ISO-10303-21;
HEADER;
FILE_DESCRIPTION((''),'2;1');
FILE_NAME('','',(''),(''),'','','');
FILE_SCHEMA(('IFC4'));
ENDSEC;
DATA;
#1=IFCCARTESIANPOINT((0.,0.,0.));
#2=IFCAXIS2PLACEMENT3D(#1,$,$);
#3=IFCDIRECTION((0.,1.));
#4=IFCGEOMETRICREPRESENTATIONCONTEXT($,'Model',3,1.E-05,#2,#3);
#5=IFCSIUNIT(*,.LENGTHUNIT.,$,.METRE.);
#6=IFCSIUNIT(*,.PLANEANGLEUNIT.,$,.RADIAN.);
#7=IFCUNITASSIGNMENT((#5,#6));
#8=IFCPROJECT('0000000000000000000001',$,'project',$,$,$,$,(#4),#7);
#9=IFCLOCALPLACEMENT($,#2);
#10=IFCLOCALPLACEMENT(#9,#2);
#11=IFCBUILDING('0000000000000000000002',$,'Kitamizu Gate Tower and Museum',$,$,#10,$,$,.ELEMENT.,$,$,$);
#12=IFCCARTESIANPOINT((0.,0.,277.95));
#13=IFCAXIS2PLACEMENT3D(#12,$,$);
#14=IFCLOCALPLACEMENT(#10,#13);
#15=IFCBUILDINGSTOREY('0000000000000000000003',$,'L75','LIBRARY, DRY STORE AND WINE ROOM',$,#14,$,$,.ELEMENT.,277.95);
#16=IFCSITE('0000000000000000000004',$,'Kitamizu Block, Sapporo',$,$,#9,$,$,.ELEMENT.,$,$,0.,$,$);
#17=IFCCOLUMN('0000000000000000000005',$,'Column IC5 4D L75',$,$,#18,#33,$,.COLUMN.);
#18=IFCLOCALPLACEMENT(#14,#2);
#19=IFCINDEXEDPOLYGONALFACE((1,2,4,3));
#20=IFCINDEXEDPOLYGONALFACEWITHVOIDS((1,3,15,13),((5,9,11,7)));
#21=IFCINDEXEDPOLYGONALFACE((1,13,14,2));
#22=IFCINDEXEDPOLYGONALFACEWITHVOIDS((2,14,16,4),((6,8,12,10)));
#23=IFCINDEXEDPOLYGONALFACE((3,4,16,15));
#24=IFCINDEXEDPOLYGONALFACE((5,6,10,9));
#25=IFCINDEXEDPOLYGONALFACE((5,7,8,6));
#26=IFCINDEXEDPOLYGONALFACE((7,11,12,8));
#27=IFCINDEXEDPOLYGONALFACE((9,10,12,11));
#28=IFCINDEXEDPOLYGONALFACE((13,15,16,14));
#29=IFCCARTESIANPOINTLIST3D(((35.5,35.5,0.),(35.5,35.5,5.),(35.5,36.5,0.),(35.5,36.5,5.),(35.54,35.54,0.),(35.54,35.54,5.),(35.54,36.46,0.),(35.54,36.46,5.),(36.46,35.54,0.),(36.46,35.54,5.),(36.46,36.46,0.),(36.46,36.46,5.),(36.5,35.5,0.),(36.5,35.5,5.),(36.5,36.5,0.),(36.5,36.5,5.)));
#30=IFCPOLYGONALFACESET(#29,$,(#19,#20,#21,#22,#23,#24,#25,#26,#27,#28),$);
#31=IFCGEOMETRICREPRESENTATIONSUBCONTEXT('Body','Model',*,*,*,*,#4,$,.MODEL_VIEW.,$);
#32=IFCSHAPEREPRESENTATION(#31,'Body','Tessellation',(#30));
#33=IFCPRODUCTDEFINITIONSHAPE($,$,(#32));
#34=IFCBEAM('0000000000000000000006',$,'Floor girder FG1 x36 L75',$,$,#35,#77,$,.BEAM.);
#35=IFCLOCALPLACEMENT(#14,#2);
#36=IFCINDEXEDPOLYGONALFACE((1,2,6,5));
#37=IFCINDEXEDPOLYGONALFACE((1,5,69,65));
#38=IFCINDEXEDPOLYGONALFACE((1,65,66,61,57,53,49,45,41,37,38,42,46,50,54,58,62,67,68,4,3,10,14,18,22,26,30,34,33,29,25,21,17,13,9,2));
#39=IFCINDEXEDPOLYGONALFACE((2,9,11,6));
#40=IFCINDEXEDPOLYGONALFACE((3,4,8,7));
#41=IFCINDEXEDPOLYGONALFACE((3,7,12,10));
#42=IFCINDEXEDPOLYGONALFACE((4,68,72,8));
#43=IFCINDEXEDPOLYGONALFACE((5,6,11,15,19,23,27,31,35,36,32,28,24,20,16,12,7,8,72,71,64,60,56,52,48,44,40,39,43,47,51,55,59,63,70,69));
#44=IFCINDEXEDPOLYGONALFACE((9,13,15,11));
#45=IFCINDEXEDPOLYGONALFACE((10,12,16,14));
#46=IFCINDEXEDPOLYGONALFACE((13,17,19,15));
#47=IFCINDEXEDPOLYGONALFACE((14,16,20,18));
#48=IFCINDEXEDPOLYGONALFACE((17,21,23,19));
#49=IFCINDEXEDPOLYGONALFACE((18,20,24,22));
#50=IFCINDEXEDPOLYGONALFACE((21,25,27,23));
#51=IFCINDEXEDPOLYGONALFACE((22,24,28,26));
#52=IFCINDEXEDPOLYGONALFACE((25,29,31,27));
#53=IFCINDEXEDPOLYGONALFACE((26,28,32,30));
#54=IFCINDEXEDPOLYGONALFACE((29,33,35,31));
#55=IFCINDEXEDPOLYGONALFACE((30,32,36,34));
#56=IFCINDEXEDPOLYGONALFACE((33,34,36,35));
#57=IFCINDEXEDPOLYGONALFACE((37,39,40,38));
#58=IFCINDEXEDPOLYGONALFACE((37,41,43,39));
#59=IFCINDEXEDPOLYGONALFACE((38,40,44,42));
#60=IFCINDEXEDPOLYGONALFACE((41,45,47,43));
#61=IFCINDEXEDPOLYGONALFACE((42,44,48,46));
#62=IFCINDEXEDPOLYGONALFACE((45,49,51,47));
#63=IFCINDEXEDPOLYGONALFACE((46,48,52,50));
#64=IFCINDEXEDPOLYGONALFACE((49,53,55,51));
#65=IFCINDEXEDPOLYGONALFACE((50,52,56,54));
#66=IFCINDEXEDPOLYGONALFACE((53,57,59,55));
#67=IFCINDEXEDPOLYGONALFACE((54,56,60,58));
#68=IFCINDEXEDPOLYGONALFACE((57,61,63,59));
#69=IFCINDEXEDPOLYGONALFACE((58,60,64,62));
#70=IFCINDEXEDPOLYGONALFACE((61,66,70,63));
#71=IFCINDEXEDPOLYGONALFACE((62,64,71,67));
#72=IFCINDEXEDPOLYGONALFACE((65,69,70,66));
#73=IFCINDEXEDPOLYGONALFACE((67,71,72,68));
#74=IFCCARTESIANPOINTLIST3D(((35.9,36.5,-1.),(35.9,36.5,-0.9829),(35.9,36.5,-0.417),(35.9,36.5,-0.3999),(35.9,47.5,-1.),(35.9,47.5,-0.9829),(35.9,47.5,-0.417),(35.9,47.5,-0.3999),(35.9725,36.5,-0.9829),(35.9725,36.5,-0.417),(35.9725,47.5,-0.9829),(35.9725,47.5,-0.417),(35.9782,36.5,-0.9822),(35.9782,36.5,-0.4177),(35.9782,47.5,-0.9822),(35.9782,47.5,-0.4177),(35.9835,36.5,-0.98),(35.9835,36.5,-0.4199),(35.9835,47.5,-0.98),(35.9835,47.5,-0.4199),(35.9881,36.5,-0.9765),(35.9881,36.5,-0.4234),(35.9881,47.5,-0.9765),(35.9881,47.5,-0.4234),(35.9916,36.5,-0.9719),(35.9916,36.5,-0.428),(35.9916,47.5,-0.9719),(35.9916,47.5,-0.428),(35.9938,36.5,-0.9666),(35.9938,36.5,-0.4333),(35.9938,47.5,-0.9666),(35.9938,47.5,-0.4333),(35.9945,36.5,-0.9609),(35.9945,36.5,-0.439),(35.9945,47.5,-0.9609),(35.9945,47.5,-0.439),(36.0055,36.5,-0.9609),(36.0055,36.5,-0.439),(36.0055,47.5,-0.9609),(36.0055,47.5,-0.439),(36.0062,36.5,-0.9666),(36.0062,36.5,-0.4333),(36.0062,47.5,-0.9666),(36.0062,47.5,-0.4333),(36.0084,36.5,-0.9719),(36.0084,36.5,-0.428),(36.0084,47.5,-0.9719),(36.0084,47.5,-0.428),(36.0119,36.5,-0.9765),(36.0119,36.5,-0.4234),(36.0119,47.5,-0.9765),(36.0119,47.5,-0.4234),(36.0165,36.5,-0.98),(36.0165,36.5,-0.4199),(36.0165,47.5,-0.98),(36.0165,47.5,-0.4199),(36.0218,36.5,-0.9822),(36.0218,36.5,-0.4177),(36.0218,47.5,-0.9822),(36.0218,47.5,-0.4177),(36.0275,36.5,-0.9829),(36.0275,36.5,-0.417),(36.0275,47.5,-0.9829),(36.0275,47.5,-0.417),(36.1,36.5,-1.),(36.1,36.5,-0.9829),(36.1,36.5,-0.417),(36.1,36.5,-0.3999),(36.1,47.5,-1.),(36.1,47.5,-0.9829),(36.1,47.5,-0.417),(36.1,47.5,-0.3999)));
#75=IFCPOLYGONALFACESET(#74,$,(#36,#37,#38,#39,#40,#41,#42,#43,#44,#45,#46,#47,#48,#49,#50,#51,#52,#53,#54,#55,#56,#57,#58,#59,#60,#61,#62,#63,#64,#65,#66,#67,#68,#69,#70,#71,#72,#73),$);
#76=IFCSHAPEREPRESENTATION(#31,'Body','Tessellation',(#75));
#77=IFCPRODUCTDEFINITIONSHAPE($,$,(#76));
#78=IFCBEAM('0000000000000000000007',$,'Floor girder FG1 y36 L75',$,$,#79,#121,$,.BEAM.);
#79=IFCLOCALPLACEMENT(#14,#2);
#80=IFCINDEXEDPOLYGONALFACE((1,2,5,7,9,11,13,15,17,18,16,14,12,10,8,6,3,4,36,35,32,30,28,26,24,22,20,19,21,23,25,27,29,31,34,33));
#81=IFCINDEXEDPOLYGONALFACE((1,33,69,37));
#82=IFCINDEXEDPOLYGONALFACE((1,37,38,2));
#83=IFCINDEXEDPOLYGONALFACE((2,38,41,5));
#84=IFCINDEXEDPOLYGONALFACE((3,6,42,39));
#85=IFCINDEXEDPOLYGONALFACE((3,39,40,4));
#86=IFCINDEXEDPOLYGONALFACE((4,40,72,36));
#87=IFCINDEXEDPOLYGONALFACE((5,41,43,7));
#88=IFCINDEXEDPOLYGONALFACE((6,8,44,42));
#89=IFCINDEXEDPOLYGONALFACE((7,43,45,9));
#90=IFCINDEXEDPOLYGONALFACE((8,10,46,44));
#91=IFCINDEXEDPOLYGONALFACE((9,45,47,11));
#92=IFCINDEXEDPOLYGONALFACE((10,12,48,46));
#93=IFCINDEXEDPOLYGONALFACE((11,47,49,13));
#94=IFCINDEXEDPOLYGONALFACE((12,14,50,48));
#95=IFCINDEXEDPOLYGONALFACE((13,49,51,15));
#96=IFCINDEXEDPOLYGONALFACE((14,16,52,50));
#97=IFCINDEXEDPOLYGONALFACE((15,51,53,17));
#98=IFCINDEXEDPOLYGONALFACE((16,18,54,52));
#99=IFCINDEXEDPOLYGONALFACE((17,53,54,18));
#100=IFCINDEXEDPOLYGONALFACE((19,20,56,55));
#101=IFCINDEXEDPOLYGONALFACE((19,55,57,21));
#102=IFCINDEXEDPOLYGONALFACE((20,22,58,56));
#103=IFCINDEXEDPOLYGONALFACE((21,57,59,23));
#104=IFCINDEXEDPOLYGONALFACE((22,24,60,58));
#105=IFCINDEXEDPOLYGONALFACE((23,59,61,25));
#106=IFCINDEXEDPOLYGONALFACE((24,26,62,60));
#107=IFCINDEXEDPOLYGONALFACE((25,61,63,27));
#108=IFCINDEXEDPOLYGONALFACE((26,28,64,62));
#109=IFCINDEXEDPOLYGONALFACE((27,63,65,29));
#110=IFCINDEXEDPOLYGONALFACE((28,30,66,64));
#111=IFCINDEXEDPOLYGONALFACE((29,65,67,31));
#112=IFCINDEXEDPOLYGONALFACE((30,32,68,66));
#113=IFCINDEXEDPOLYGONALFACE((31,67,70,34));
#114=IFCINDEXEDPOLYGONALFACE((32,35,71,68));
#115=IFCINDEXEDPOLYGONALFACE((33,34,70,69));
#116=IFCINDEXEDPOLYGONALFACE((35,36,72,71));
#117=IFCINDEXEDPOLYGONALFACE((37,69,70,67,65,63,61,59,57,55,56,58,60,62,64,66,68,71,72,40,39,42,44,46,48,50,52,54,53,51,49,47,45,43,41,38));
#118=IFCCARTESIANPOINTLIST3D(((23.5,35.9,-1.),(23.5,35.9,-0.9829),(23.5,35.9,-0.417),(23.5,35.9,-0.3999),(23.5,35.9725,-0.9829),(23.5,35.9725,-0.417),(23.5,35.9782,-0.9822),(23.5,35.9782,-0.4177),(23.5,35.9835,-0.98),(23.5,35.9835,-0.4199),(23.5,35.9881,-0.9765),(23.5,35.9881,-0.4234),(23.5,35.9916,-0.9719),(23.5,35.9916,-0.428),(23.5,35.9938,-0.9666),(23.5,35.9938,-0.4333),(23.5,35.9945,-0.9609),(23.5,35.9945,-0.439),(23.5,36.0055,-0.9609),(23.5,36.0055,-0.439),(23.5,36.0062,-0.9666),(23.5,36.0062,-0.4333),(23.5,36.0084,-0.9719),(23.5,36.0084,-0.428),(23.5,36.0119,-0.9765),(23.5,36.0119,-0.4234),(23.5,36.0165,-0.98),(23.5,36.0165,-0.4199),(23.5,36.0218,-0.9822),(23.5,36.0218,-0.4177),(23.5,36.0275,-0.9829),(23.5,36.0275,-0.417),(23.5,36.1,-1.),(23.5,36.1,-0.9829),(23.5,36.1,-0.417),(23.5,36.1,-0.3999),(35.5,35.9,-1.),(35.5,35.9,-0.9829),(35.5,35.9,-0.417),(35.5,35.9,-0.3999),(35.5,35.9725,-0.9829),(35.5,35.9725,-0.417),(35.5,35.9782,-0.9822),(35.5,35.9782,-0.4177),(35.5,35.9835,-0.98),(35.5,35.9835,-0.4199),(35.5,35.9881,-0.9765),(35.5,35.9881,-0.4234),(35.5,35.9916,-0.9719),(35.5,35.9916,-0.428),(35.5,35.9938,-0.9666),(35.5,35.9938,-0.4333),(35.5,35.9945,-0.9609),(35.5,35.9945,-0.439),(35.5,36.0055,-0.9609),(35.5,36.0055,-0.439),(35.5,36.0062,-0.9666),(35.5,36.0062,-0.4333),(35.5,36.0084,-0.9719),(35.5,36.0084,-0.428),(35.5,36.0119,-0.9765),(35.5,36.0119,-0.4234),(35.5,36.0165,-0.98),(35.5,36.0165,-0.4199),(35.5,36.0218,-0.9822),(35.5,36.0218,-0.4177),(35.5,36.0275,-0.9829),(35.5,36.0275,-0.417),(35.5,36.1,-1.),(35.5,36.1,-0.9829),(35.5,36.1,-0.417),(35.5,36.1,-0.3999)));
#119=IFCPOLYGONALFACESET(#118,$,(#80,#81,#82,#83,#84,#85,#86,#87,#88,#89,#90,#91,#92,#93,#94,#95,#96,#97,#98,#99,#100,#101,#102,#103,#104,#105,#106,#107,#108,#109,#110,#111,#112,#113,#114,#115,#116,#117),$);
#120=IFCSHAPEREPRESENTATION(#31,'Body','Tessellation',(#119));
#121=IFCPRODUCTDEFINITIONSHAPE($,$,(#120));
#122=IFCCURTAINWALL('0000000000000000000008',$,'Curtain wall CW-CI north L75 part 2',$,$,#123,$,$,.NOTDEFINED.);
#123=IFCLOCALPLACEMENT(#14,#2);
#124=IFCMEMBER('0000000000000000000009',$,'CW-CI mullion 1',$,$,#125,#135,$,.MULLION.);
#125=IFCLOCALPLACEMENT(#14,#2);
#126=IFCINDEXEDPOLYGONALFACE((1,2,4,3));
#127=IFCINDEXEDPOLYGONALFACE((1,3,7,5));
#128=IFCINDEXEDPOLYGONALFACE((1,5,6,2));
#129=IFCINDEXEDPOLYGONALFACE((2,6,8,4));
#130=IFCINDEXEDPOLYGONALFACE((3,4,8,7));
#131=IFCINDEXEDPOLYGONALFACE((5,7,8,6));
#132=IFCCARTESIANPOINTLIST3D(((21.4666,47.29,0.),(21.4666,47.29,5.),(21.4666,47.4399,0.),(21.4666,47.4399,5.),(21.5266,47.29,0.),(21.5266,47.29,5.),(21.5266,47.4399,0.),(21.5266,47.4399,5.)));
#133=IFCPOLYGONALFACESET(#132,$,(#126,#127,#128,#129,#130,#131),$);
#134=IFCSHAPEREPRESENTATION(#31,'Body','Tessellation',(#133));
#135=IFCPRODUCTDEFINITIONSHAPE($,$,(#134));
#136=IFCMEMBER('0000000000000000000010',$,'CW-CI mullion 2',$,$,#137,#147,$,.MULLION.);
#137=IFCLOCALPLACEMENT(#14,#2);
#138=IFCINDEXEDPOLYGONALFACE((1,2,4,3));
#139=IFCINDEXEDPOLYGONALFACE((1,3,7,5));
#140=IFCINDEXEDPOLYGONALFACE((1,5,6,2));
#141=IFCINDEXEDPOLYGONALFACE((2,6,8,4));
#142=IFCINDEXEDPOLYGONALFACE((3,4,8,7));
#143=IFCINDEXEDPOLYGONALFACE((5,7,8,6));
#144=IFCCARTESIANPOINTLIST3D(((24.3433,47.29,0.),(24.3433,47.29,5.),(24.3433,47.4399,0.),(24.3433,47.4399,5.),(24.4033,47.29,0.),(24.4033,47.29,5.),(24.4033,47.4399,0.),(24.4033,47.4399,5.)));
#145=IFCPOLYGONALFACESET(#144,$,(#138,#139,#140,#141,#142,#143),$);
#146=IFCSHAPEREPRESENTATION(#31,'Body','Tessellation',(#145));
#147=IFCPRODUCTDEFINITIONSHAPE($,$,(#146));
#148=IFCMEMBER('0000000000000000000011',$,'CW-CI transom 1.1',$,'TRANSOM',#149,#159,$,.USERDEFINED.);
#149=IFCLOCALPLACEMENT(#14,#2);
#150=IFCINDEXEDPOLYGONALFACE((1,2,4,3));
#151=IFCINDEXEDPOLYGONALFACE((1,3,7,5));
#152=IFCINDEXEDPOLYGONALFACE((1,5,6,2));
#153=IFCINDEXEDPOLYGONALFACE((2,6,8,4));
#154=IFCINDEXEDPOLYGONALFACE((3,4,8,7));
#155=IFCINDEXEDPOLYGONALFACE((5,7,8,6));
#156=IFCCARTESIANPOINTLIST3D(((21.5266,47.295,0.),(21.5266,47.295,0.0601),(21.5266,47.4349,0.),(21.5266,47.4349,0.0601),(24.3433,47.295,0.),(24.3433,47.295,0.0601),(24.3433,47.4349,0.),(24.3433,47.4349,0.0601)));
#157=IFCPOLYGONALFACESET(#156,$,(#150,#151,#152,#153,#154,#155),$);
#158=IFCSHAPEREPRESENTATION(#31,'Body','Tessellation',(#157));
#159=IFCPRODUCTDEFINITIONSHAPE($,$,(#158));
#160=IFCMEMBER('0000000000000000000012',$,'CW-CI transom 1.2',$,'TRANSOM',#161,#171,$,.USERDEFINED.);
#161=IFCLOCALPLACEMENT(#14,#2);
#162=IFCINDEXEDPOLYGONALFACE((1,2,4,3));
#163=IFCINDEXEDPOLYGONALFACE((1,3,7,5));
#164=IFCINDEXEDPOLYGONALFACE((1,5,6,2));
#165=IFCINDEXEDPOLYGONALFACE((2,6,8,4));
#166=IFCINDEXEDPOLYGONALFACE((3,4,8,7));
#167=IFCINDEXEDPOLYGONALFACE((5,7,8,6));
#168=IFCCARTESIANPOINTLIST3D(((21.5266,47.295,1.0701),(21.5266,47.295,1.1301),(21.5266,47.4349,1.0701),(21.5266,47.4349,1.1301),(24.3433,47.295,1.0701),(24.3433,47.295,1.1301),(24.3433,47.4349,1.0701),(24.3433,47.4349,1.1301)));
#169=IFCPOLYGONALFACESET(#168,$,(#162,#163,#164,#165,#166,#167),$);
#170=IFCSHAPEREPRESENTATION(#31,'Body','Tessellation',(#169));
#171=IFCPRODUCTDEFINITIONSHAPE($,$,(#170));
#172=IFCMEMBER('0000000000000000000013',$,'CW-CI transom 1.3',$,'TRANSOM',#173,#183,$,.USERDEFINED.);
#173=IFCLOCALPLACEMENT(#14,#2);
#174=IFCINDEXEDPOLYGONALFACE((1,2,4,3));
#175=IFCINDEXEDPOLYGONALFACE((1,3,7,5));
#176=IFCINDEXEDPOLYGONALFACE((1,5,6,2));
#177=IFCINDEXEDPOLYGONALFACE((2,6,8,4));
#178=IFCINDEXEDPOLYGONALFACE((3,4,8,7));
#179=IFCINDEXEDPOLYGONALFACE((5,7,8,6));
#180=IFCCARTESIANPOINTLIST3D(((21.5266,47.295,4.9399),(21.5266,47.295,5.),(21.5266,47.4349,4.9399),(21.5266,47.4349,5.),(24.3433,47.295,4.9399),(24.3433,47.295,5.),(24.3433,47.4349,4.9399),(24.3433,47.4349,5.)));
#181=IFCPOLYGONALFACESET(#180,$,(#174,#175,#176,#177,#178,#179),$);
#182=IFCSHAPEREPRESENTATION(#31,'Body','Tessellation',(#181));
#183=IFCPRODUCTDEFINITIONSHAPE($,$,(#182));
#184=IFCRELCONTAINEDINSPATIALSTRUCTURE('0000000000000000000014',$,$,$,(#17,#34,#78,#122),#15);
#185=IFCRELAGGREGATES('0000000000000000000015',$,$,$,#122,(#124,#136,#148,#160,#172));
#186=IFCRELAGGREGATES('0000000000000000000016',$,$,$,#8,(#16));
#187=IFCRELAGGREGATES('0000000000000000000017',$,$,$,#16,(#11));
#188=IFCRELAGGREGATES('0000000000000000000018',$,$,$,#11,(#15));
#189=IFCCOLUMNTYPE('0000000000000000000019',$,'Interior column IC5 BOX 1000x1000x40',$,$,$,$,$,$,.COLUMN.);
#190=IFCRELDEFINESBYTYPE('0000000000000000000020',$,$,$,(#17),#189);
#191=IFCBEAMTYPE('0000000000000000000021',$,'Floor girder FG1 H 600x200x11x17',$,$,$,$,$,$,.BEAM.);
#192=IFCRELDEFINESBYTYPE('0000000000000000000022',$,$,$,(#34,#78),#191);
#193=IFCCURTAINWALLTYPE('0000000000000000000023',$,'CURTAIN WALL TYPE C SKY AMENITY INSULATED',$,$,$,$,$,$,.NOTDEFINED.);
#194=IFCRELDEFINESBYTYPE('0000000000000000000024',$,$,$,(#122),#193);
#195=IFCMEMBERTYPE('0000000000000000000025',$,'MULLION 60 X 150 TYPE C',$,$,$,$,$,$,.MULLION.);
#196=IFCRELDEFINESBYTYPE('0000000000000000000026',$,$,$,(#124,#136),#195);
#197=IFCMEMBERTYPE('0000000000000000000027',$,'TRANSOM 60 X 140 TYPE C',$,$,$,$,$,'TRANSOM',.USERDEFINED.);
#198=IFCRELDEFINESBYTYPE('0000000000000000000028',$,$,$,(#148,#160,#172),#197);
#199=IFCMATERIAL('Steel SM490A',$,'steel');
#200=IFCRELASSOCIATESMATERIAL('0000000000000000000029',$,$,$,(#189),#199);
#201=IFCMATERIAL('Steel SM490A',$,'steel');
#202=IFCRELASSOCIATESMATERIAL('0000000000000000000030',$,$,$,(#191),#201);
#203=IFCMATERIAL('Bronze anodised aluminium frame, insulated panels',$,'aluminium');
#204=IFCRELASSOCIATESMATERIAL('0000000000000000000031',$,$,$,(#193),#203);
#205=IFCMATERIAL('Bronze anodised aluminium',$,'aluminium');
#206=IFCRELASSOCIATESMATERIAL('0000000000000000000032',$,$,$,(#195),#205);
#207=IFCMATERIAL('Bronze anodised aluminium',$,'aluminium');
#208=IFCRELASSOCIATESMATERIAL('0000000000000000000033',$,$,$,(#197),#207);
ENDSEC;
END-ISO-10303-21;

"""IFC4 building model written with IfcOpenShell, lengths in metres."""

from ifc_helpers import new_model, si_unit, direction, frame, origin, origin_2d, place, context, subcontext, project, spatial, rectangle, hollow_rectangle, i_section, extrude, material, material_profile, profile_set, type_object, element, aggregate, save


model = new_model("IFC4")

# Units and contexts
model_context = context("Model", 3, precision=1e-05, world=origin(), true_north=direction((0.0, 1.0)))
body_context = subcontext(model_context, "Body", "Model", "MODEL_VIEW")
ifc_project = project(units=[si_unit("LENGTHUNIT", "METRE"), si_unit("PLANEANGLEUNIT", "RADIAN")], contexts=[model_context])

# Site, building, storey
site_placement = place(None, origin())
site = spatial("IfcSite", under=ifc_project, at=site_placement, Name="Kitamizu Block, Sapporo", CompositionType="ELEMENT", RefElevation=0.0)
building_placement = place(site_placement, origin())
building = spatial("IfcBuilding", under=site, at=building_placement, Name="Kitamizu Gate Tower and Museum", CompositionType="ELEMENT")
storey_placement = place(building_placement, frame((0.0, 0.0, 277.95)))
storey = spatial("IfcBuildingStorey", under=building, at=storey_placement, Name="L75", Description="LIBRARY, DRY STORE AND WINE ROOM", CompositionType="ELEMENT", Elevation=277.95)

# Column
ifc_material_1 = material(Name="Steel SM490A", Category="steel")
ifc_material_profile_1 = material_profile(ifc_material_1, hollow_rectangle(XDim=1.0, YDim=1.0, WallThickness=0.04, at=origin_2d()), Name="BOX 1000x1000x40")
ifc_profile_set_1 = profile_set([ifc_material_profile_1], Name="Steel SM490A")
column_type = type_object("IfcColumnType", Name="Interior column IC5 BOX 1000x1000x40", PredefinedType="COLUMN", material=ifc_profile_set_1)
column_placement = place(storey_placement, frame((36.0, 36.0, 0.0), z_axis=(0.0, 0.0, 1.0), x_axis=(1.0, 0.0, 0.0)))
element("IfcColumn", 1, at=column_placement, inside=storey, type_object=column_type, Name="Column IC5 4D L75", PredefinedType="COLUMN", context=body_context, shape_type="SweptSolid", body=[
    extrude(hollow_rectangle(XDim=1.0, YDim=1.0, WallThickness=0.04, at=origin_2d()), origin(), (0.0, 0.0, 1.0), 5.0),
])

# Beams
ifc_material_2 = material(Name="Steel SM490A", Category="steel")
ifc_material_profile_2 = material_profile(ifc_material_2, i_section(OverallWidth=0.2, OverallDepth=0.6001, WebThickness=0.011, FlangeThickness=0.0171, FilletRadius=0.022, at=origin_2d()), Name="H-600x200x11x17")
ifc_profile_set_2 = profile_set([ifc_material_profile_2], Name="Steel SM490A")
beam_type = type_object("IfcBeamType", Name="Floor girder FG1 H 600x200x11x17", PredefinedType="BEAM", material=ifc_profile_set_2)
beam_1_placement = place(storey_placement, frame((36.0, 36.5, -0.7), z_axis=(0.0, 1.0, 0.0), x_axis=(-1.0, 0.0, 0.0)))
element("IfcBeam", 2, at=beam_1_placement, inside=storey, type_object=beam_type, Name="Floor girder FG1 x36 L75", PredefinedType="BEAM", context=body_context, shape_type="SweptSolid", body=[
    extrude(i_section(OverallWidth=0.2, OverallDepth=0.6001, WebThickness=0.011, FlangeThickness=0.0171, FilletRadius=0.022, at=origin_2d()), origin(), (0.0, 0.0, 1.0), 11.0),
])
beam_2_placement = place(storey_placement, frame((23.5, 36.0, -0.7), z_axis=(1.0, 0.0, 0.0), x_axis=(0.0, 1.0, 0.0)))
element("IfcBeam", 3, at=beam_2_placement, inside=storey, type_object=beam_type, Name="Floor girder FG1 y36 L75", PredefinedType="BEAM", context=body_context, shape_type="SweptSolid", body=[
    extrude(i_section(OverallWidth=0.2, OverallDepth=0.6001, WebThickness=0.011, FlangeThickness=0.0171, FilletRadius=0.022, at=origin_2d()), origin(), (0.0, 0.0, 1.0), 12.0),
])

# Curtain wall, members
ifc_material_3 = material(Name="Bronze anodised aluminium frame, insulated panels", Category="aluminium")
curtain_wall_type = type_object("IfcCurtainWallType", Name="CURTAIN WALL TYPE C SKY AMENITY INSULATED", PredefinedType="NOTDEFINED", material=ifc_material_3)
curtain_wall_placement = place(storey_placement, origin())
curtain_wall = element("IfcCurtainWall", 4, at=curtain_wall_placement, inside=storey, type_object=curtain_wall_type, Name="Curtain wall CW-CI north L75 part 2", PredefinedType="NOTDEFINED")
ifc_material_4 = material(Name="Bronze anodised aluminium", Category="aluminium")
ifc_material_profile_3 = material_profile(ifc_material_4, rectangle(XDim=0.0601, YDim=0.1499, at=origin_2d()), Name="AL 60X150")
ifc_profile_set_3 = profile_set([ifc_material_profile_3], Name="Bronze anodised aluminium")
member_type_1 = type_object("IfcMemberType", Name="MULLION 60 X 150 TYPE C", PredefinedType="MULLION", material=ifc_profile_set_3)
member_1_placement = place(storey_placement, frame((21.4966, 47.365, 0.0), z_axis=(0.0, 0.0, 1.0), x_axis=(1.0, 0.0, 0.0)))
member_1 = element("IfcMember", 5, at=member_1_placement, type_object=member_type_1, Name="CW-CI mullion 1", PredefinedType="MULLION", context=body_context, shape_type="SweptSolid", body=[
    extrude(rectangle(XDim=0.0601, YDim=0.1499, at=origin_2d()), origin(), (0.0, 0.0, 1.0), 5.0),
])
member_2_placement = place(storey_placement, frame((24.3733, 47.365, 0.0), z_axis=(0.0, 0.0, 1.0), x_axis=(1.0, 0.0, 0.0)))
member_2 = element("IfcMember", 6, at=member_2_placement, type_object=member_type_1, Name="CW-CI mullion 2", PredefinedType="MULLION", context=body_context, shape_type="SweptSolid", body=[
    extrude(rectangle(XDim=0.0601, YDim=0.1499, at=origin_2d()), origin(), (0.0, 0.0, 1.0), 5.0),
])
ifc_material_5 = material(Name="Bronze anodised aluminium", Category="aluminium")
ifc_material_profile_4 = material_profile(ifc_material_5, rectangle(XDim=0.1399, YDim=0.0601, at=origin_2d()), Name="AL 60X140")
ifc_profile_set_4 = profile_set([ifc_material_profile_4], Name="Bronze anodised aluminium")
member_type_2 = type_object("IfcMemberType", Name="TRANSOM 60 X 140 TYPE C", ElementType="TRANSOM", PredefinedType="USERDEFINED", material=ifc_profile_set_4)
member_3_placement = place(storey_placement, frame((21.5266, 47.365, 0.03), z_axis=(1.0, 0.0, 0.0), x_axis=(0.0, 1.0, 0.0)))
member_3 = element("IfcMember", 7, at=member_3_placement, type_object=member_type_2, Name="CW-CI transom 1.1", ObjectType="TRANSOM", PredefinedType="USERDEFINED", context=body_context, shape_type="SweptSolid", body=[
    extrude(rectangle(XDim=0.1399, YDim=0.0601, at=origin_2d()), origin(), (0.0, 0.0, 1.0), 2.8167),
])
member_4_placement = place(storey_placement, frame((21.5266, 47.365, 1.1001), z_axis=(1.0, 0.0, 0.0), x_axis=(0.0, 1.0, 0.0)))
member_4 = element("IfcMember", 8, at=member_4_placement, type_object=member_type_2, Name="CW-CI transom 1.2", ObjectType="TRANSOM", PredefinedType="USERDEFINED", context=body_context, shape_type="SweptSolid", body=[
    extrude(rectangle(XDim=0.1399, YDim=0.0601, at=origin_2d()), origin(), (0.0, 0.0, 1.0), 2.8167),
])
member_5_placement = place(storey_placement, frame((21.5266, 47.365, 4.97), z_axis=(1.0, 0.0, 0.0), x_axis=(0.0, 1.0, 0.0)))
member_5 = element("IfcMember", 9, at=member_5_placement, type_object=member_type_2, Name="CW-CI transom 1.3", ObjectType="TRANSOM", PredefinedType="USERDEFINED", context=body_context, shape_type="SweptSolid", body=[
    extrude(rectangle(XDim=0.1399, YDim=0.0601, at=origin_2d()), origin(), (0.0, 0.0, 1.0), 2.8167),
])
aggregate(curtain_wall, [member_1, member_2, member_3, member_4, member_5])

save(model, "model.ifc")
